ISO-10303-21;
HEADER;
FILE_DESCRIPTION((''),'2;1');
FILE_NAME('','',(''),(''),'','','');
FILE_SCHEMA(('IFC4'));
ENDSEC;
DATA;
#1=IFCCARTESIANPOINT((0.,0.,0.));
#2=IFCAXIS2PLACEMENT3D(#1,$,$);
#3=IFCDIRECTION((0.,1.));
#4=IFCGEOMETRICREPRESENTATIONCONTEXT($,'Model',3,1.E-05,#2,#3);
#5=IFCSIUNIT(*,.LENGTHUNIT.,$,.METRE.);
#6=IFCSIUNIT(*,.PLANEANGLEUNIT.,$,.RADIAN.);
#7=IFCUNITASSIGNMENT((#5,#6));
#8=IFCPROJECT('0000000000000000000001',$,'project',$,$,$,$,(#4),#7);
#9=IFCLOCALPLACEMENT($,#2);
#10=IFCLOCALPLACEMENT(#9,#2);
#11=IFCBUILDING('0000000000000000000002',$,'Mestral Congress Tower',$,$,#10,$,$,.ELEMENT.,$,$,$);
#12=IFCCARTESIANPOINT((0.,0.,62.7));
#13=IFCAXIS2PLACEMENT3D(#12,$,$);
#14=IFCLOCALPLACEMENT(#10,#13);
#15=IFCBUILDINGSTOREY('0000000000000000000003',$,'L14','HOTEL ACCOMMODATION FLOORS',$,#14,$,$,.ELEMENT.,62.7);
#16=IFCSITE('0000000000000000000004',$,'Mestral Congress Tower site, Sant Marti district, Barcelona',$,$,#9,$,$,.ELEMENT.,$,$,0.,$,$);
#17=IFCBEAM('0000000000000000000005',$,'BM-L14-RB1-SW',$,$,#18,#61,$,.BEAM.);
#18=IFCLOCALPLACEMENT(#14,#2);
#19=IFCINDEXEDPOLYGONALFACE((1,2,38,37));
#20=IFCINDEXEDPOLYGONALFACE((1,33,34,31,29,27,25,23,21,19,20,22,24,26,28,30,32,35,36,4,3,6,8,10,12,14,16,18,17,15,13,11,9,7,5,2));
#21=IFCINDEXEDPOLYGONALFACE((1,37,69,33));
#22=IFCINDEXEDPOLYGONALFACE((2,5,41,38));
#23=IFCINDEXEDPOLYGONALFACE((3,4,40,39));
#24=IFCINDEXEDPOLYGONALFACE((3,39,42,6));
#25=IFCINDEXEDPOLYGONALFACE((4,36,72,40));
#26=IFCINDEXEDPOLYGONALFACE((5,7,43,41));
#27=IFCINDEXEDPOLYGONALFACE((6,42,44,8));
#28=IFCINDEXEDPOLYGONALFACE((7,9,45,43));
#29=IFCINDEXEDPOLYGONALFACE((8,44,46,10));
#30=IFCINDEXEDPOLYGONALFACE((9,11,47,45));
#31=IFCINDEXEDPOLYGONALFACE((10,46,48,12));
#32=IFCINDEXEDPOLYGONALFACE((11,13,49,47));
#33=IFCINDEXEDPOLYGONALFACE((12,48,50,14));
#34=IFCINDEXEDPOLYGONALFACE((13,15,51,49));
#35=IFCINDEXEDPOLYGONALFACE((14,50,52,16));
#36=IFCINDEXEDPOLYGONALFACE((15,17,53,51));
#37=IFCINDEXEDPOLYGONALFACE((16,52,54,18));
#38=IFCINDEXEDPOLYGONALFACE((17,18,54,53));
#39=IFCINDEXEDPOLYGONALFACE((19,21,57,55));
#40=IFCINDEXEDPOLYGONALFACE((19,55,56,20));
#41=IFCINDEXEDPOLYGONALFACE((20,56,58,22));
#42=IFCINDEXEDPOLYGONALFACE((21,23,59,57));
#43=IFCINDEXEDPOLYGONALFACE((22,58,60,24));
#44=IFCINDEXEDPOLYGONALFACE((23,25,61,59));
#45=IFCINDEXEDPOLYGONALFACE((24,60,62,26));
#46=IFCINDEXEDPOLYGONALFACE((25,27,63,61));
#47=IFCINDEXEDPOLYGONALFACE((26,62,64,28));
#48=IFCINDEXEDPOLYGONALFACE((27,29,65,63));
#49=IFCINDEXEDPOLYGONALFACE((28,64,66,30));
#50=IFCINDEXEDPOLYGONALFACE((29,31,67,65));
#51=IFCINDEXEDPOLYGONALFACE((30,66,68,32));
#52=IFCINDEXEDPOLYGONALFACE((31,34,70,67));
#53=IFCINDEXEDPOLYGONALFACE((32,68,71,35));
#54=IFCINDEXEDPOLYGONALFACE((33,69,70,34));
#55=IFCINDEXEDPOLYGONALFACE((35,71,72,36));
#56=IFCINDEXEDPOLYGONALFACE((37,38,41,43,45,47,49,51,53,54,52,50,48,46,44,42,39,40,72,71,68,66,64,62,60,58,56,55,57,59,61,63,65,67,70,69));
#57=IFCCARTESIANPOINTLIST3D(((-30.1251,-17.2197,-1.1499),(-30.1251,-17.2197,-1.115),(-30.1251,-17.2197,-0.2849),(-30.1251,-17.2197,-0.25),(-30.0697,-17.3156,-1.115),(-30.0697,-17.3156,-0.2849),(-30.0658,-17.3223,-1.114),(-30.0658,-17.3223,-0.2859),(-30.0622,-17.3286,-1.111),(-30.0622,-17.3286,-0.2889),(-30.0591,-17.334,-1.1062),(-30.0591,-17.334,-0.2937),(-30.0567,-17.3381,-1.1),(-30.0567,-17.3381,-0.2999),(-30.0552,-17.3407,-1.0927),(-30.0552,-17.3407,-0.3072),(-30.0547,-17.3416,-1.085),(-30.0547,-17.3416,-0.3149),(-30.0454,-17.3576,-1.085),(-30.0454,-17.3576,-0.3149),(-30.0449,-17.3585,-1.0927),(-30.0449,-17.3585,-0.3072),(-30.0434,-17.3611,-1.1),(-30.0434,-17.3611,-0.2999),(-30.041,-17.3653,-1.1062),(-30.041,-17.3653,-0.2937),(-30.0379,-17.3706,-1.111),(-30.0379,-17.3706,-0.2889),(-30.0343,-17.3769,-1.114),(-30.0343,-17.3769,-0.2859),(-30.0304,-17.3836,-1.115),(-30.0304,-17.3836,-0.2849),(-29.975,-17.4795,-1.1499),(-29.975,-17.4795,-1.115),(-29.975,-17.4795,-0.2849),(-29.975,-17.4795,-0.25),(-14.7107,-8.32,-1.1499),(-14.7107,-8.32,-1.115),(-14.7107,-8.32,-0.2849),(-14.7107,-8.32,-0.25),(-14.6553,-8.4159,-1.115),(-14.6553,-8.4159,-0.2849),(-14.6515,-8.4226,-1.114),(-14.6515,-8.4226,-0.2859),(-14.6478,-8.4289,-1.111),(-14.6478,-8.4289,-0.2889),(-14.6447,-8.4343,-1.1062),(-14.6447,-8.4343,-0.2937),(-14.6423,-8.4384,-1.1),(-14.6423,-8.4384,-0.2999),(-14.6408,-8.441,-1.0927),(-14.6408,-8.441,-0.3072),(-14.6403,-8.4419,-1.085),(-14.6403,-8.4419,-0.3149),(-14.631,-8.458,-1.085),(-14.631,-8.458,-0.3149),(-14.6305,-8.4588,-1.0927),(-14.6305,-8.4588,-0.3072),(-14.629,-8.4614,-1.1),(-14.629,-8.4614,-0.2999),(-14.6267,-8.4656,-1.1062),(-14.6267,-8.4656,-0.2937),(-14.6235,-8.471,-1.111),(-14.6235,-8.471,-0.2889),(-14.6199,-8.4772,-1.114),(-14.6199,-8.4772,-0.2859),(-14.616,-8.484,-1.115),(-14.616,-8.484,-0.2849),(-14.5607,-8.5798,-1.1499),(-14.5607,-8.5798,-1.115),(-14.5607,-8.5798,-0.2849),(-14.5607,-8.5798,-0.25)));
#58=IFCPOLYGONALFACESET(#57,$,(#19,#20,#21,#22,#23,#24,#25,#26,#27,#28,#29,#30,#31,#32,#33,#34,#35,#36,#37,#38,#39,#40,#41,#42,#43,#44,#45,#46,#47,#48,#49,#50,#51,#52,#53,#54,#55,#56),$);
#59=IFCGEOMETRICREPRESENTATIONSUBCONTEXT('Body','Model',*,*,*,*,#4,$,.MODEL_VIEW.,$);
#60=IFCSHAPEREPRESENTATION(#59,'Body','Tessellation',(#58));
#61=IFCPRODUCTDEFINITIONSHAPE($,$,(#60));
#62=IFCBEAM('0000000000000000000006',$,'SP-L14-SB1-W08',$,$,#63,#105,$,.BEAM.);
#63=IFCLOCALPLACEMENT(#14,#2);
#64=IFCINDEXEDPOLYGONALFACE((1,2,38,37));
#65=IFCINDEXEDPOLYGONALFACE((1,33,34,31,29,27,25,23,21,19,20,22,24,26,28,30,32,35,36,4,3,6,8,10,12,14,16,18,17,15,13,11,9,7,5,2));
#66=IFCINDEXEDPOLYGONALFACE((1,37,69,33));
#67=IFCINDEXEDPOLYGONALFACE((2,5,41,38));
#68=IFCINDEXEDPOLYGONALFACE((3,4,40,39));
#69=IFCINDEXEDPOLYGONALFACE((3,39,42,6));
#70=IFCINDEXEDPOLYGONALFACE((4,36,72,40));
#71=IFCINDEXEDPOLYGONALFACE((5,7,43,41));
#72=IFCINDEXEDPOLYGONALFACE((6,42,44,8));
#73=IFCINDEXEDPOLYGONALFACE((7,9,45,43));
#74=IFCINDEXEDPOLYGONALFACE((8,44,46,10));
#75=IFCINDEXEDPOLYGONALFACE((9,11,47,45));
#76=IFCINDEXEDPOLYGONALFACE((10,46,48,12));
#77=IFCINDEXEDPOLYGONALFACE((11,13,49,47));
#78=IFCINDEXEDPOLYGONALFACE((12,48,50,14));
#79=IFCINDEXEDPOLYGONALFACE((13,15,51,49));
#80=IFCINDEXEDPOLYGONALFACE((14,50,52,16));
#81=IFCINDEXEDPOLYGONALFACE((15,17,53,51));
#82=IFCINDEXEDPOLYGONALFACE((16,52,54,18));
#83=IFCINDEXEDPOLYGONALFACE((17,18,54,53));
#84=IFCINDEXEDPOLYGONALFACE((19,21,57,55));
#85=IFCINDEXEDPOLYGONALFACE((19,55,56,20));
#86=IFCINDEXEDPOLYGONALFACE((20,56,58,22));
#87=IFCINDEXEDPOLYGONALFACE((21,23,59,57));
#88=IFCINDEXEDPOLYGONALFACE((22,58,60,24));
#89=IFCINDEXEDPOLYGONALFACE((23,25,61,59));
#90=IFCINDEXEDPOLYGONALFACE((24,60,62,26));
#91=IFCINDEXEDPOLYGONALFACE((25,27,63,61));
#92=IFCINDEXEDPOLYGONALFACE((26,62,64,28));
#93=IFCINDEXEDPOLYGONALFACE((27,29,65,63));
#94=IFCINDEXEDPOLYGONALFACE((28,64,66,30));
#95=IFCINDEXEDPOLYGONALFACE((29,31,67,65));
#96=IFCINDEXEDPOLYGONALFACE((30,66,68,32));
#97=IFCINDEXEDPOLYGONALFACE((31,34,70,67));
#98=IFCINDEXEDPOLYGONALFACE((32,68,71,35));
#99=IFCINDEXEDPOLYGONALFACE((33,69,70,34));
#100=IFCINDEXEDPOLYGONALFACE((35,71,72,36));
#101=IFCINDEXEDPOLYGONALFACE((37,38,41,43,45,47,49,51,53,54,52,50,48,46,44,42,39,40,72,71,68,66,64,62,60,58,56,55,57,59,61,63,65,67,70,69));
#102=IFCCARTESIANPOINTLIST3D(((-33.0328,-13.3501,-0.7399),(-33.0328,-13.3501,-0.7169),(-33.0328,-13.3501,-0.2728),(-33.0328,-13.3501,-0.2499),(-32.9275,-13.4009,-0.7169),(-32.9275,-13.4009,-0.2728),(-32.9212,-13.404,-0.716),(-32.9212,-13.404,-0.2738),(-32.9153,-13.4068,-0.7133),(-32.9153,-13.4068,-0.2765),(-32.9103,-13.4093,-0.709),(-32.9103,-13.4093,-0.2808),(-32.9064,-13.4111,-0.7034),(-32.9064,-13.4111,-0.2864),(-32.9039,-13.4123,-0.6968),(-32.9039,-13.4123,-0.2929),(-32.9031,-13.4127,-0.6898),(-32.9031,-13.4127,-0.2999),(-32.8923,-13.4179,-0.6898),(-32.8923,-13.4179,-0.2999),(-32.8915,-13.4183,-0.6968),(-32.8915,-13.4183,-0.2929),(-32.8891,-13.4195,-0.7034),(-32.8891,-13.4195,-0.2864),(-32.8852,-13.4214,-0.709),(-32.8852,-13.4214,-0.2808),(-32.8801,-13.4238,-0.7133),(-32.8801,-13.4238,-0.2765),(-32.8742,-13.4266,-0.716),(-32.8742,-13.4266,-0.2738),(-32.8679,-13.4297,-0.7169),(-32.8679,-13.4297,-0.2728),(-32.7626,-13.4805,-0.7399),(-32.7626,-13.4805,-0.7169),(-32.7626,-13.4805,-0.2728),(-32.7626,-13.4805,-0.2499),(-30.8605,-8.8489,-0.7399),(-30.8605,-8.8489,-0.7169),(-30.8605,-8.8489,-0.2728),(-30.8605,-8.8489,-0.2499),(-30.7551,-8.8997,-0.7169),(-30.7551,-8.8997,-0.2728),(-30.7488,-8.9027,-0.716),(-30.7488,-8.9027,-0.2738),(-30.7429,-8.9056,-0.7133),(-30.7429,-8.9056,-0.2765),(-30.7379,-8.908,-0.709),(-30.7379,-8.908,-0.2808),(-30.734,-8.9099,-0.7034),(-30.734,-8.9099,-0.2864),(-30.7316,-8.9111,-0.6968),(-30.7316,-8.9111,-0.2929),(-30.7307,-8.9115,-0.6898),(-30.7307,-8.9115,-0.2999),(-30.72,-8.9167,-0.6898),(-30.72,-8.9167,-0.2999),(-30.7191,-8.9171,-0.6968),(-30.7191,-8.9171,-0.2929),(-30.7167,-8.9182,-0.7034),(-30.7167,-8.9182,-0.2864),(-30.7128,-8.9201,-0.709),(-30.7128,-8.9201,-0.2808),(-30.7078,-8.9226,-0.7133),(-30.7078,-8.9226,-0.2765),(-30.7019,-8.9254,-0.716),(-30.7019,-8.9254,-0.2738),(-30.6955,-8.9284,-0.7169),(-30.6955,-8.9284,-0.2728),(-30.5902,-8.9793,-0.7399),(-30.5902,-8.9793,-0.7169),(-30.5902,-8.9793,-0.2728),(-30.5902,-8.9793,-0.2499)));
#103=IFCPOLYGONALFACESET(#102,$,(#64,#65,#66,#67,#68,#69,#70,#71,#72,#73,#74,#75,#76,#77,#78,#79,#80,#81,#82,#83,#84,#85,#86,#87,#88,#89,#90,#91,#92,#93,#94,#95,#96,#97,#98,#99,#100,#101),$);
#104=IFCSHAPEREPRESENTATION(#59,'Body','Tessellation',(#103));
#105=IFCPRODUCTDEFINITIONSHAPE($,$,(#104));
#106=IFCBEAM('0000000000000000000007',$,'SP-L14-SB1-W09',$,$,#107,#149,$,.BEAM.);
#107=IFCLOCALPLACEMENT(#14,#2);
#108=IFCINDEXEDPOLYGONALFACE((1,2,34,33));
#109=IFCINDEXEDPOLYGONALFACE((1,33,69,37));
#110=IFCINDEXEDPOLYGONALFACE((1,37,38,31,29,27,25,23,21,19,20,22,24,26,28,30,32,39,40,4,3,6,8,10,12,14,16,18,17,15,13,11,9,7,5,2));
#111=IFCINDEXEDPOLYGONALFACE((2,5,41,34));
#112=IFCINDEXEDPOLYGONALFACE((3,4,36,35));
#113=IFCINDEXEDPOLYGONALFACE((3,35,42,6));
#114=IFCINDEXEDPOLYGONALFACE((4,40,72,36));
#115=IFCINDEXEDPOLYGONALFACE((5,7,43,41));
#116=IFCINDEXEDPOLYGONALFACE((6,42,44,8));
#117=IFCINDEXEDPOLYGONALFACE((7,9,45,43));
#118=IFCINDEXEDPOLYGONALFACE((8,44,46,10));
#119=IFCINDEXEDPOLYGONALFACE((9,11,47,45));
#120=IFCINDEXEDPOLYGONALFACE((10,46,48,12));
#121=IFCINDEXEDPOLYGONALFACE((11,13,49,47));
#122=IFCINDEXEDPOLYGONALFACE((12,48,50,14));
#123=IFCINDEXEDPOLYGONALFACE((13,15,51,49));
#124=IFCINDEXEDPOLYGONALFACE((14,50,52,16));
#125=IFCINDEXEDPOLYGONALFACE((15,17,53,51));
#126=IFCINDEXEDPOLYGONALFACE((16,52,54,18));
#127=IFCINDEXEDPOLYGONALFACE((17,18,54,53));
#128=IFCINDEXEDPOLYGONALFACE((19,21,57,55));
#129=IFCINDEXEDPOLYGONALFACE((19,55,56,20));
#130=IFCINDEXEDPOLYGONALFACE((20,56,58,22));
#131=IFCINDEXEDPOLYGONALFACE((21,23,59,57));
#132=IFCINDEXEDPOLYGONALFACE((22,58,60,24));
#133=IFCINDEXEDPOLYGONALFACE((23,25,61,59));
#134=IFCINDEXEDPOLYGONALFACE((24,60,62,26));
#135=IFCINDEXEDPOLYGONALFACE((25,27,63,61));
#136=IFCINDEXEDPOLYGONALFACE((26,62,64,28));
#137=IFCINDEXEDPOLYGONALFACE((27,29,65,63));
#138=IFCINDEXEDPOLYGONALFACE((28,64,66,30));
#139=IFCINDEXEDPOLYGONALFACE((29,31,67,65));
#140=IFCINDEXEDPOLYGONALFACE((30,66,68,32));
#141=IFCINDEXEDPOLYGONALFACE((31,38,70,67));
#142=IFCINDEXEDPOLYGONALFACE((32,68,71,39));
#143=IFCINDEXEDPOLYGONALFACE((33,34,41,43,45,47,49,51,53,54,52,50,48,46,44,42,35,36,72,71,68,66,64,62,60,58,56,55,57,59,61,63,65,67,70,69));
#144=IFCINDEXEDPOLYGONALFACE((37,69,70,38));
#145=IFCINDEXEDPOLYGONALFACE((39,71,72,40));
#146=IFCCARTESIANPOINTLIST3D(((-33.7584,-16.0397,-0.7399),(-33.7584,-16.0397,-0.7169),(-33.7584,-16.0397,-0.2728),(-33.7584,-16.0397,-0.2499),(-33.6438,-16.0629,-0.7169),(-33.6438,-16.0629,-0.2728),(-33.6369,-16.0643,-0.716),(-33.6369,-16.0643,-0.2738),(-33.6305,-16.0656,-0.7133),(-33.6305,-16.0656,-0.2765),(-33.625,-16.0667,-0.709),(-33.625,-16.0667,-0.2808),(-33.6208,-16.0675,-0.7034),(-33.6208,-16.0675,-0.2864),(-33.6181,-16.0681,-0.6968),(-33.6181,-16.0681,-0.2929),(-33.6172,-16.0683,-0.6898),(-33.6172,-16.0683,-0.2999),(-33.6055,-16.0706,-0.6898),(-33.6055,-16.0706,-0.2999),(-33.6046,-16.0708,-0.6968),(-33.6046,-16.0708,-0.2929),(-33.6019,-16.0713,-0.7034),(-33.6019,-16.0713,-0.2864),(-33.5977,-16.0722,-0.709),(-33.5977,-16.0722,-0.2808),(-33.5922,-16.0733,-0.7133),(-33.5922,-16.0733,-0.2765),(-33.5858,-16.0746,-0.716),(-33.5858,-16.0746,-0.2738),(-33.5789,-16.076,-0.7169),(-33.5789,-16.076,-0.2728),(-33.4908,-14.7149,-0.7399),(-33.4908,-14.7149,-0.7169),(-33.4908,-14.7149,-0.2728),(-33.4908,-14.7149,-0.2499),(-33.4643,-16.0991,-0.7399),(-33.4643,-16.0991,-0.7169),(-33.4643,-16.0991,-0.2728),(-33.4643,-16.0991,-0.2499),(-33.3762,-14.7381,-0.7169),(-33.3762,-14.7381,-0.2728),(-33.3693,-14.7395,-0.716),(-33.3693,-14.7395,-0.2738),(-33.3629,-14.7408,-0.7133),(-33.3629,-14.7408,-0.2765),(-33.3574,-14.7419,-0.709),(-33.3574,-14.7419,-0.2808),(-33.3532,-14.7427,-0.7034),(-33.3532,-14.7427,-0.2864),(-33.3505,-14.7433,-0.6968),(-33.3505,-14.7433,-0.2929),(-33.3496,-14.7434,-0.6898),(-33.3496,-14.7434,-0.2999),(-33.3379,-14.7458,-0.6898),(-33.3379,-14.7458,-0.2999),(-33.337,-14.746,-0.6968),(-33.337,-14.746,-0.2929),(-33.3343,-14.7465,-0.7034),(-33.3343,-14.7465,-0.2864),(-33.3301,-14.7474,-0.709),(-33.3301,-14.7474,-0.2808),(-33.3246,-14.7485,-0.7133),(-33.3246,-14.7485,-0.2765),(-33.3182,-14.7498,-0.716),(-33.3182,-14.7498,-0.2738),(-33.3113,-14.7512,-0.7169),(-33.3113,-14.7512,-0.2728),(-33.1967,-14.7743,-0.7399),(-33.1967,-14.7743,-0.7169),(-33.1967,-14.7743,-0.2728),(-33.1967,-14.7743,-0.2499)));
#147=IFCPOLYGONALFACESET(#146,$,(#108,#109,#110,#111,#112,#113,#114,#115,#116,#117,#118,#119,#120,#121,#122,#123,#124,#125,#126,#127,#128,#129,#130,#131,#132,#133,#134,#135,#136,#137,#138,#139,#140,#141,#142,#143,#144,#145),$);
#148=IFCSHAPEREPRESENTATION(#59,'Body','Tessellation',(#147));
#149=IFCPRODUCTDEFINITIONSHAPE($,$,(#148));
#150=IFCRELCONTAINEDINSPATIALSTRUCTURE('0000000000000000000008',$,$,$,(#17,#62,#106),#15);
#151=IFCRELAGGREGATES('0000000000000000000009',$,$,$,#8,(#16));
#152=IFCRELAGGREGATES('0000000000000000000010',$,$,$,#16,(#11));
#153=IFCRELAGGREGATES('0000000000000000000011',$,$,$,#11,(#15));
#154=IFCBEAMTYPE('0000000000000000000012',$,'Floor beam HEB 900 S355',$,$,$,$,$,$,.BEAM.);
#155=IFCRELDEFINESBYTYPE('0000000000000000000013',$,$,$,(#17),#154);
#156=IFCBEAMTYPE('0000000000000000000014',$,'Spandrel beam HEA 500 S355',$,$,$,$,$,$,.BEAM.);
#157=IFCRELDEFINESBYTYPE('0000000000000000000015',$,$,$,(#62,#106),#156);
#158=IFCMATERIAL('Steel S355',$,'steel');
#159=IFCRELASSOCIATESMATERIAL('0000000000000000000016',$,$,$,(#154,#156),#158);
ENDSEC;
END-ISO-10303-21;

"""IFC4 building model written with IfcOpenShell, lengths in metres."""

from ifc_helpers import new_model, si_unit, direction, frame, origin, origin_2d, place, context, subcontext, project, spatial, i_section, extrude, material, material_profile, profile_set, type_object, element, save


model = new_model("IFC4")

# Units and contexts
model_context = context("Model", 3, precision=1e-05, world=origin(), true_north=direction((0.0, 1.0)))
body_context = subcontext(model_context, "Body", "Model", "MODEL_VIEW")
ifc_project = project(units=[si_unit("LENGTHUNIT", "METRE"), si_unit("PLANEANGLEUNIT", "RADIAN")], contexts=[model_context])

# Site, building, storey
site_placement = place(None, origin())
site = spatial("IfcSite", under=ifc_project, at=site_placement, Name="Mestral Congress Tower site, Sant Marti district, Barcelona", CompositionType="ELEMENT", RefElevation=0.0)
building_placement = place(site_placement, origin())
building = spatial("IfcBuilding", under=site, at=building_placement, Name="Mestral Congress Tower", CompositionType="ELEMENT")
storey_placement = place(building_placement, frame((0.0, 0.0, 62.7)))
storey = spatial("IfcBuildingStorey", under=building, at=storey_placement, Name="L14", Description="HOTEL ACCOMMODATION FLOORS", CompositionType="ELEMENT", Elevation=62.7)

# Beams
ifc_material_1 = material(Name="Steel S355", Category="steel")
ifc_material_profile_1 = material_profile(ifc_material_1, i_section(OverallWidth=0.3, OverallDepth=0.8999, WebThickness=0.0186, FlangeThickness=0.0349, FilletRadius=0.03, at=origin_2d()), Name="HEB 900")
ifc_profile_set_1 = profile_set([ifc_material_profile_1], Name="Steel S355")
beam_type_1 = type_object("IfcBeamType", Name="Floor beam HEB 900 S355", PredefinedType="BEAM", material=ifc_profile_set_1)
beam_1_placement = place(storey_placement, frame((-30.05, -17.3496, -0.7), z_axis=(0.86602, 0.500009, 0.0), x_axis=(-0.500009, 0.86602, 0.0)))
element("IfcBeam", 1, at=beam_1_placement, inside=storey, type_object=beam_type_1, Name="BM-L14-RB1-SW", PredefinedType="BEAM", context=body_context, shape_type="SweptSolid", body=[
    extrude(i_section(OverallWidth=0.3, OverallDepth=0.8999, WebThickness=0.0186, FlangeThickness=0.0349, FilletRadius=0.03, at=origin_2d()), origin(), (0.0, 0.0, 1.0), 17.7991),
])
ifc_material_profile_2 = material_profile(ifc_material_1, i_section(OverallWidth=0.3, OverallDepth=0.49, WebThickness=0.012, FlangeThickness=0.0229, FilletRadius=0.0271, at=origin_2d()), Name="HEA 500")
ifc_profile_set_2 = profile_set([ifc_material_profile_2], Name="Steel S355")
beam_type_2 = type_object("IfcBeamType", Name="Spandrel beam HEA 500 S355", PredefinedType="BEAM", material=ifc_profile_set_2)
beam_2_placement = place(storey_placement, frame((-30.7253, -8.9141, -0.4949), z_axis=(-0.434645, -0.900602, 0.0), x_axis=(0.900602, -0.434645, 0.0)))
element("IfcBeam", 2, at=beam_2_placement, inside=storey, type_object=beam_type_2, Name="SP-L14-SB1-W08", PredefinedType="BEAM", context=body_context, shape_type="SweptSolid", body=[
    extrude(i_section(OverallWidth=0.3, OverallDepth=0.49, WebThickness=0.012, FlangeThickness=0.0229, FilletRadius=0.0271, at=origin_2d()), origin(), (0.0, 0.0, 1.0), 4.998),
])
beam_3_placement = place(storey_placement, frame((-33.3438, -14.7446, -0.4949), z_axis=(-0.197992, -0.980204, 0.0), x_axis=(0.980204, -0.197992, 0.0)))
element("IfcBeam", 3, at=beam_3_placement, inside=storey, type_object=beam_type_2, Name="SP-L14-SB1-W09", PredefinedType="BEAM", context=body_context, shape_type="SweptSolid", body=[
    extrude(i_section(OverallWidth=0.3, OverallDepth=0.49, WebThickness=0.012, FlangeThickness=0.0229, FilletRadius=0.0271, at=origin_2d()), origin(), (0.0, 0.0, 1.0), 1.3516),
])

save(model, "model.ifc")
